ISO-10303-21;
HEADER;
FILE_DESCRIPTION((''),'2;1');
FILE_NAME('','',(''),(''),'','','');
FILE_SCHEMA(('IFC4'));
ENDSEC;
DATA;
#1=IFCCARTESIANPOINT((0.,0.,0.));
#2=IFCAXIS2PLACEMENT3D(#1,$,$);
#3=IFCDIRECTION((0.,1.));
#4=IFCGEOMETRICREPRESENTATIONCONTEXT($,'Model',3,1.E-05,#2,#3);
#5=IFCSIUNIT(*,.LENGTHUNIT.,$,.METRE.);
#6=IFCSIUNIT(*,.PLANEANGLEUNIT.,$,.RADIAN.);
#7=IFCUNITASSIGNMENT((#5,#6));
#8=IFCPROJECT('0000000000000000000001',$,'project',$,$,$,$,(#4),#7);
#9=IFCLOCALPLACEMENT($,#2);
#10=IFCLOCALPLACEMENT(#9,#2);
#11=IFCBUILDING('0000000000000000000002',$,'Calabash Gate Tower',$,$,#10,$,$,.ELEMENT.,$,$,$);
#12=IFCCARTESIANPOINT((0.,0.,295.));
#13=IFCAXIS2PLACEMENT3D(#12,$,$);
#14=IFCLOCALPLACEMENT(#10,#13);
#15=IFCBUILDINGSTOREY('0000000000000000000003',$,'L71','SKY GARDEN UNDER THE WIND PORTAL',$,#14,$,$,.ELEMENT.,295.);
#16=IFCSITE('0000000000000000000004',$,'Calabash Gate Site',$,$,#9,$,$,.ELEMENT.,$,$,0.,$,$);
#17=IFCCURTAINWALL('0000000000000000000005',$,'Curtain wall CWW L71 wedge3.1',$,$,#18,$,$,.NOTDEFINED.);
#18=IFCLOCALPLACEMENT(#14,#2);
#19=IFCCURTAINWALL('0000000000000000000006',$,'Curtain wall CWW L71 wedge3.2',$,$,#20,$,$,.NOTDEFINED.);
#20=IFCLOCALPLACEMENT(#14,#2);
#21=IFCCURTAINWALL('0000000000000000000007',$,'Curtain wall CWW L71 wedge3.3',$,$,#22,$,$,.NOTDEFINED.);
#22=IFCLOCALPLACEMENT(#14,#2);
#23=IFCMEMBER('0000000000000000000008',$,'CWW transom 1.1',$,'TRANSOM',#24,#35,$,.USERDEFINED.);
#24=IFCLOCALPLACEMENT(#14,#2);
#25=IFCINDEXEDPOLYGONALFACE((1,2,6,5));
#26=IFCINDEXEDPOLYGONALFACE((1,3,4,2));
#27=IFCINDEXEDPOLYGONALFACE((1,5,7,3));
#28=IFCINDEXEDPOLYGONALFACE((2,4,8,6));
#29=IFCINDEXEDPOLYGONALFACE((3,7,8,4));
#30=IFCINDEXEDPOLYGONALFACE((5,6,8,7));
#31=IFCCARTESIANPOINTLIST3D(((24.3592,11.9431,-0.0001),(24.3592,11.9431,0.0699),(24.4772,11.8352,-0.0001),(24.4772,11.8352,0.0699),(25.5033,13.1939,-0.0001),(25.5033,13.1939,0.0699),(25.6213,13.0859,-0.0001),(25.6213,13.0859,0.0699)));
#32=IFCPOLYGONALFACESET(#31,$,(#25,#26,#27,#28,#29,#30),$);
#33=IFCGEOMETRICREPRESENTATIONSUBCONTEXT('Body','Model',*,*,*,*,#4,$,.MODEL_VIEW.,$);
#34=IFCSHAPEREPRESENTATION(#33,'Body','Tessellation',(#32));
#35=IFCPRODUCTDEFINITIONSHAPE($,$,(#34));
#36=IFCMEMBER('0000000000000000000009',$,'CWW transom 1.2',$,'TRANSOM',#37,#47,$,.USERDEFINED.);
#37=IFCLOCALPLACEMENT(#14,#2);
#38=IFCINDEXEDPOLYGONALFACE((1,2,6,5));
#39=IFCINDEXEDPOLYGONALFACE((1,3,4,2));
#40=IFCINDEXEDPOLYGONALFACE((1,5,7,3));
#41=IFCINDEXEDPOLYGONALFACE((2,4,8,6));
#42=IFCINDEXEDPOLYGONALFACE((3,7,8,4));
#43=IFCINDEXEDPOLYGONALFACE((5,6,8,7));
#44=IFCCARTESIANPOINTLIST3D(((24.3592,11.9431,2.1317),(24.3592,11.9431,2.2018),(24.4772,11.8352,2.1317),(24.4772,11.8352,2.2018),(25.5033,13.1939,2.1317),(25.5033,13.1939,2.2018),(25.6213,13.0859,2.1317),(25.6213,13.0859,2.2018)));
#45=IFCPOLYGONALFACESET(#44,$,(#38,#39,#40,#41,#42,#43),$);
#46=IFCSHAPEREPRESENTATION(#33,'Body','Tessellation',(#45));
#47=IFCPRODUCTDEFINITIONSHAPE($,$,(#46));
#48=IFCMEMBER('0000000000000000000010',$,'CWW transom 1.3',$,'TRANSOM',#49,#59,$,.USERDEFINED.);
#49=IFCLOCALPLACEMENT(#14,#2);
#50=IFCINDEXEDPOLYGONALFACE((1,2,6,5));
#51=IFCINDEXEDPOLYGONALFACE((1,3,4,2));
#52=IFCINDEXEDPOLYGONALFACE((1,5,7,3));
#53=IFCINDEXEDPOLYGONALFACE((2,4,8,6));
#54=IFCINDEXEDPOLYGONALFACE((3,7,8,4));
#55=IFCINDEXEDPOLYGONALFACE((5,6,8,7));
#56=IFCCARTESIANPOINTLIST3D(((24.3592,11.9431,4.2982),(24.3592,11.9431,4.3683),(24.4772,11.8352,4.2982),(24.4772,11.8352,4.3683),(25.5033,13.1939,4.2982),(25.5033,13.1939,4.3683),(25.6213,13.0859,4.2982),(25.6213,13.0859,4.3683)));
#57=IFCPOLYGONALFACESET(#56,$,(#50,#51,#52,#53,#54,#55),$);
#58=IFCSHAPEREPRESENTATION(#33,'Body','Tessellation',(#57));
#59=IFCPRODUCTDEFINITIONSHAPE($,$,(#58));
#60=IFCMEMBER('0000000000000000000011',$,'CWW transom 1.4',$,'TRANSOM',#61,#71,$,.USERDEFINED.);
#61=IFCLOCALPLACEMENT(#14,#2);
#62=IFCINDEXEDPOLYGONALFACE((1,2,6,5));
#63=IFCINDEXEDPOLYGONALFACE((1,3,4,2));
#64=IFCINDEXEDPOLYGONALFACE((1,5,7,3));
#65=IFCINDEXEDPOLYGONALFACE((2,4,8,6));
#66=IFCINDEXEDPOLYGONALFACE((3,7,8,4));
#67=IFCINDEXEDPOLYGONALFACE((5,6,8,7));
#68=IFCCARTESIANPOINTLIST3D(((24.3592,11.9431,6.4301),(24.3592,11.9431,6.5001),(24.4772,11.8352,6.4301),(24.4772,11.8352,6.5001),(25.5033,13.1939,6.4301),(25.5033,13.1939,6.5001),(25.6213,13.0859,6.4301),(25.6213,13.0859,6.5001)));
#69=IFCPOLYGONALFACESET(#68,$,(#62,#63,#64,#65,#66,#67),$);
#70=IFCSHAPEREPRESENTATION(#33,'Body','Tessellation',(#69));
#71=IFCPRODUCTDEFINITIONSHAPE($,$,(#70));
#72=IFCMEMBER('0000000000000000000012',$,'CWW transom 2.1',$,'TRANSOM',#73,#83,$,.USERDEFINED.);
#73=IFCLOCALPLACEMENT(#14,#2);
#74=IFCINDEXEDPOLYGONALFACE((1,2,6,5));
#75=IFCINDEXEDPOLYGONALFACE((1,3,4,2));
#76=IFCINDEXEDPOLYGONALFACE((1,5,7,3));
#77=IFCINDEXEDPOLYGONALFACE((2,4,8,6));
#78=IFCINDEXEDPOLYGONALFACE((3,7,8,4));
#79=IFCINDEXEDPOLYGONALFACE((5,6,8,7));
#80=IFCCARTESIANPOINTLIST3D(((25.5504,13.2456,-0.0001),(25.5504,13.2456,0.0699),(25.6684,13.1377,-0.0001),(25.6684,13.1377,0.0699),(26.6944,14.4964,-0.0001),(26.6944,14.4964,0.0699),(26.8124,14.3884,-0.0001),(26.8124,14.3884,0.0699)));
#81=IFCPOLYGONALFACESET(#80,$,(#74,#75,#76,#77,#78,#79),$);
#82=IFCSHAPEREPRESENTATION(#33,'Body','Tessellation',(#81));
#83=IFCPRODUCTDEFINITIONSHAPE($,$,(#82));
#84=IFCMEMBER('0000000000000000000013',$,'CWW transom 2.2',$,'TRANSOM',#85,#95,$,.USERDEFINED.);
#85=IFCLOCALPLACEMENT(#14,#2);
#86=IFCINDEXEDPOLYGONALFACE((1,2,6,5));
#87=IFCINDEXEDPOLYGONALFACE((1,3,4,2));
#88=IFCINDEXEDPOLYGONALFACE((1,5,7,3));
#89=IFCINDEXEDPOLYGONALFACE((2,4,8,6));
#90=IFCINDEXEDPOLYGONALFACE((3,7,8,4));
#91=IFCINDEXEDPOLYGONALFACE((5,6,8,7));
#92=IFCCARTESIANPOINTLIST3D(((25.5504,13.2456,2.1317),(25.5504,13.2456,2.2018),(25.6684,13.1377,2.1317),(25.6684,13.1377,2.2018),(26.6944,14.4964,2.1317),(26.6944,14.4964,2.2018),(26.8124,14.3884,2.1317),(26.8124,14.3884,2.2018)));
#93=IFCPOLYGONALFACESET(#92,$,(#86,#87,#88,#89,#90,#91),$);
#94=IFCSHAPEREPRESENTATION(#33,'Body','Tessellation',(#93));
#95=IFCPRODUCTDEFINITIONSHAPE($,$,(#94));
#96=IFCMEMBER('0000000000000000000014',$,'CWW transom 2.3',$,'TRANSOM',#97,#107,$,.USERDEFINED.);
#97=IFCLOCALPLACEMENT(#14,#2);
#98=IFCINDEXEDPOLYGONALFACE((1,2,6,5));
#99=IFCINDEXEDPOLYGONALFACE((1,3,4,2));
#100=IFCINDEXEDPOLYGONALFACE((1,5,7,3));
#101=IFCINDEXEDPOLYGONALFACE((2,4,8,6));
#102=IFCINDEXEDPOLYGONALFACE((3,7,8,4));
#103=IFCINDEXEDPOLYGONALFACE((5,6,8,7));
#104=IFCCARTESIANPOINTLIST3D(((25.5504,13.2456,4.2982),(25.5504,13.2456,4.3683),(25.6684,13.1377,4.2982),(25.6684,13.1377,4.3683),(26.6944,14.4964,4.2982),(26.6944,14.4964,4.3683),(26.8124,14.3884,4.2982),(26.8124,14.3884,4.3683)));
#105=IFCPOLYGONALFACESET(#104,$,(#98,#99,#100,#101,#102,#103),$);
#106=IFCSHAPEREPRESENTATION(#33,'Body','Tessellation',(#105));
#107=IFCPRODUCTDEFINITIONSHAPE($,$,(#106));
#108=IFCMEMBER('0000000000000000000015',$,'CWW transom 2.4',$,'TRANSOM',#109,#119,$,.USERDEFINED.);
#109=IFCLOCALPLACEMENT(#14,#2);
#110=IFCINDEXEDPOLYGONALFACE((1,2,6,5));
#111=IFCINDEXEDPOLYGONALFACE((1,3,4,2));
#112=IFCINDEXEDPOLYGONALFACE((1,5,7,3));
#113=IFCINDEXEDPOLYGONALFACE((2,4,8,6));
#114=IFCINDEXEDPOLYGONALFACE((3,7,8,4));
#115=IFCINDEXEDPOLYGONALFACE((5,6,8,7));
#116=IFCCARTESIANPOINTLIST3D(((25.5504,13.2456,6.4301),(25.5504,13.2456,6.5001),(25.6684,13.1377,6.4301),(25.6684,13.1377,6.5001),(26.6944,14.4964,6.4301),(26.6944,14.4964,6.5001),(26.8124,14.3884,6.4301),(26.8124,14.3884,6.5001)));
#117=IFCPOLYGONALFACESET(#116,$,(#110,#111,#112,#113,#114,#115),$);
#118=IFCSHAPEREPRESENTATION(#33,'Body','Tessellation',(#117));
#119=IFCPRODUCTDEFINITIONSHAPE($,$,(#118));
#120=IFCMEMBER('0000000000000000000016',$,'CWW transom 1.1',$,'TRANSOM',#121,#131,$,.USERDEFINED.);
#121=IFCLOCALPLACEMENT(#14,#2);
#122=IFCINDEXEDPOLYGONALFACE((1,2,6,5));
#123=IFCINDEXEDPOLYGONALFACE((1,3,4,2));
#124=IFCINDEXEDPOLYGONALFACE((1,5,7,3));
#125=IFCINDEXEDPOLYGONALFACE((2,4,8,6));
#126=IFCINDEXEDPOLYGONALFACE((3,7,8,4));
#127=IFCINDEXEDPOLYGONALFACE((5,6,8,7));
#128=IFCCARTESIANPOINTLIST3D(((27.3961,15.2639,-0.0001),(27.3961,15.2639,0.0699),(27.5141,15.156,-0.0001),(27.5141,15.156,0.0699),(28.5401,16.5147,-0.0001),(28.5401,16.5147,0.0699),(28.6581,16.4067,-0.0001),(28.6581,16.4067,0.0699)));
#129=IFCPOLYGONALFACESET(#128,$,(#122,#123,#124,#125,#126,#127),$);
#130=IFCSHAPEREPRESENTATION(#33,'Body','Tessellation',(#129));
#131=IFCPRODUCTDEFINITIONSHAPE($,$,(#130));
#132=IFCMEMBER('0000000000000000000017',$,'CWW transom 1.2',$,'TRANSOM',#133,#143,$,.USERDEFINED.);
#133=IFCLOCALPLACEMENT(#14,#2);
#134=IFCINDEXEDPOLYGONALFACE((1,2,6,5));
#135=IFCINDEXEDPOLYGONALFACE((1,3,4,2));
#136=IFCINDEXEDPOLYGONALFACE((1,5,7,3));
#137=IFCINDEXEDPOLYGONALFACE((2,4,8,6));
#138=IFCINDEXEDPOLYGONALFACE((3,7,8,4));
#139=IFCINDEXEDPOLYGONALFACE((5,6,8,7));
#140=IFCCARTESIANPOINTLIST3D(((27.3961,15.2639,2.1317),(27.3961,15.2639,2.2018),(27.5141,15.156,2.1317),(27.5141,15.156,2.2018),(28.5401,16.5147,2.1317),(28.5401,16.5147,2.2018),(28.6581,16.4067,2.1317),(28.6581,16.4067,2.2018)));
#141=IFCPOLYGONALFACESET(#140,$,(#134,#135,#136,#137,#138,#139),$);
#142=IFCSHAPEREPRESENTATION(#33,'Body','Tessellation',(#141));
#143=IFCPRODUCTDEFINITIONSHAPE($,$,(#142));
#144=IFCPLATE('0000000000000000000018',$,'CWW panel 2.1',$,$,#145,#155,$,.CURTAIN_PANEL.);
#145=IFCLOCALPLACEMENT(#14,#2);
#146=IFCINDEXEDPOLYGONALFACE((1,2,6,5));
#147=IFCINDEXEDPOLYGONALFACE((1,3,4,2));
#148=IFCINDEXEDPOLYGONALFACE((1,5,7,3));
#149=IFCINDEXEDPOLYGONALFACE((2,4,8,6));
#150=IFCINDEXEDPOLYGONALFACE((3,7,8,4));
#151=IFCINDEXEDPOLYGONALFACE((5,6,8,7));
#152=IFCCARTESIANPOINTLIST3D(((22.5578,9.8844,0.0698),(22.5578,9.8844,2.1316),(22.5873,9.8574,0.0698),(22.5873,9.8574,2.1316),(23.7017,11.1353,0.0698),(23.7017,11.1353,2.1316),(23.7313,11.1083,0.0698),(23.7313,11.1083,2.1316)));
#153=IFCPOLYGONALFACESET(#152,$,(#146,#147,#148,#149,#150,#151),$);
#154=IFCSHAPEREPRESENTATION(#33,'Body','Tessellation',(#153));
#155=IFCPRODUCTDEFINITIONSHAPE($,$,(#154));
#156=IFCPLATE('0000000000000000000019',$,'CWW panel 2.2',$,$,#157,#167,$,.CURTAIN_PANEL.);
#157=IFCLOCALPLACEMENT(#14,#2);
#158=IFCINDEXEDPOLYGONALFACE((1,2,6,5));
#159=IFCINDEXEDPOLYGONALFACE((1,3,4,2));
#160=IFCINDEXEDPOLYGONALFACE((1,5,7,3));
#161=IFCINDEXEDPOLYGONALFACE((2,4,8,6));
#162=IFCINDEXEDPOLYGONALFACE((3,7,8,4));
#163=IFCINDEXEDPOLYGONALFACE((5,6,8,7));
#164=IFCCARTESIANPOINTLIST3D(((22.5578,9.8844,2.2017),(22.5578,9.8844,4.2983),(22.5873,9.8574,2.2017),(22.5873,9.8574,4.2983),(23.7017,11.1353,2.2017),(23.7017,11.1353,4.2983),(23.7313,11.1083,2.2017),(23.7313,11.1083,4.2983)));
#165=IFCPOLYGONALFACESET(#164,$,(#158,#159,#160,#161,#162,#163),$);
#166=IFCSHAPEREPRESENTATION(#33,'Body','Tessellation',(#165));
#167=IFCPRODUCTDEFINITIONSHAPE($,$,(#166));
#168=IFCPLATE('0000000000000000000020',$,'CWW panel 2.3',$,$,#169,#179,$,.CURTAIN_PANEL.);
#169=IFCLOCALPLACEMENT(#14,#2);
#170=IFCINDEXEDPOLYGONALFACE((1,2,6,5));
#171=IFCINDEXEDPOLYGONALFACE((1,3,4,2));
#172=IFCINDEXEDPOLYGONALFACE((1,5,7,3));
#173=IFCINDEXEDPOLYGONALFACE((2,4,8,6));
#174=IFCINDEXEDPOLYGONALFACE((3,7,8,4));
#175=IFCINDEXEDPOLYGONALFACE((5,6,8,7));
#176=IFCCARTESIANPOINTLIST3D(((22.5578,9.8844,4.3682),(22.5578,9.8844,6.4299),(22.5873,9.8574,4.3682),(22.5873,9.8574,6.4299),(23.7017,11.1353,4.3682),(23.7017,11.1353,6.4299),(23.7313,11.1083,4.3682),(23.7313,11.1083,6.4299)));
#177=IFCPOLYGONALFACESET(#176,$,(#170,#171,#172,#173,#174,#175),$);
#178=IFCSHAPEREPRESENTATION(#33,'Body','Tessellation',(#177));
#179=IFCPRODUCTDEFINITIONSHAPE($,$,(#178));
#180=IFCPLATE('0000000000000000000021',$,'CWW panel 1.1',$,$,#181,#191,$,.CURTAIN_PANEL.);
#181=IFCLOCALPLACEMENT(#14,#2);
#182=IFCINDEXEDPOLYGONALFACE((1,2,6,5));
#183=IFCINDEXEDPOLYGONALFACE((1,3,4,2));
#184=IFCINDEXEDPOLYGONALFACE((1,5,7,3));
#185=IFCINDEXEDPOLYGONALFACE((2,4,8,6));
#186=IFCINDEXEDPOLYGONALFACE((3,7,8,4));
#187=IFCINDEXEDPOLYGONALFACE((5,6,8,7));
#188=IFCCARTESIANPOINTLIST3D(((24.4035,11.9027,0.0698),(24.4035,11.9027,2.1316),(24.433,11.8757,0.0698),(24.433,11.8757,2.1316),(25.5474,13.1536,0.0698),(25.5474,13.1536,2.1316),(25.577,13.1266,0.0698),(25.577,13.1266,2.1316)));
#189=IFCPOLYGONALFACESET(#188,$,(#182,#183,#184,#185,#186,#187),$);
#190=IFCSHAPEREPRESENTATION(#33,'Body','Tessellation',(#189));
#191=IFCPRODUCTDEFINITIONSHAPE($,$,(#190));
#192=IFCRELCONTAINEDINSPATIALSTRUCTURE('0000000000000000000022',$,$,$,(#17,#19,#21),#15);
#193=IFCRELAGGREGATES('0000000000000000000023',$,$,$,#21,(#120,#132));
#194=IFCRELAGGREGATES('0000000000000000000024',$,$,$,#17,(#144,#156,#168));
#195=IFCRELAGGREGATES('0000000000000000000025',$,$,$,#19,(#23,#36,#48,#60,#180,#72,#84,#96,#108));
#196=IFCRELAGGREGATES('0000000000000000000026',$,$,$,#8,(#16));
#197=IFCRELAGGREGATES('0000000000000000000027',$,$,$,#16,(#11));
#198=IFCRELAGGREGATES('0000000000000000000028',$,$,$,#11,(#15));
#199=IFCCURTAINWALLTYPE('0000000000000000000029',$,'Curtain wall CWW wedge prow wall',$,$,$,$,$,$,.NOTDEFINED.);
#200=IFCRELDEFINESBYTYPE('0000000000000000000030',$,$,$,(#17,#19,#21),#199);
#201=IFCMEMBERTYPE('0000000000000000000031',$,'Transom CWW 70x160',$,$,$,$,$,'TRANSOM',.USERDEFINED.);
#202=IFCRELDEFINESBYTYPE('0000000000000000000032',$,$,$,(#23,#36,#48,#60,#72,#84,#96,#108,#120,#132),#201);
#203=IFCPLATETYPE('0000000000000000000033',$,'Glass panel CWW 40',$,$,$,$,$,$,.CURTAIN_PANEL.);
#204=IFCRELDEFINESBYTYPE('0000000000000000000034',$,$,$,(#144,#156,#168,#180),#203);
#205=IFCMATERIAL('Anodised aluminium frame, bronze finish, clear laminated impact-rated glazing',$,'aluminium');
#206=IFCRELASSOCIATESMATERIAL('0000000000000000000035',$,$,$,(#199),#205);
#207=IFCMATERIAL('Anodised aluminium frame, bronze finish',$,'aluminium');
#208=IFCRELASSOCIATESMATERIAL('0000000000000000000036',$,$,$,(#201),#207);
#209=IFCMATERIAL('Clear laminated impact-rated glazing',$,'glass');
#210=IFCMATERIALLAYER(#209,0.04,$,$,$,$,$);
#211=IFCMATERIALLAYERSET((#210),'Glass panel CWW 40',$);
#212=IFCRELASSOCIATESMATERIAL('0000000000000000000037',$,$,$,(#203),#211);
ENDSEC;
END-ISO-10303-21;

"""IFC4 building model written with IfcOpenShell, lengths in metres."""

from ifc_helpers import new_model, si_unit, direction, frame, origin, origin_2d, place, context, subcontext, project, spatial, rectangle, extrude, material, layer, layer_set, material_profile, profile_set, type_object, element, aggregate, save


model = new_model("IFC4")

# Units and contexts
model_context = context("Model", 3, precision=1e-05, world=origin(), true_north=direction((0.0, 1.0)))
body_context = subcontext(model_context, "Body", "Model", "MODEL_VIEW")
ifc_project = project(units=[si_unit("LENGTHUNIT", "METRE"), si_unit("PLANEANGLEUNIT", "RADIAN")], contexts=[model_context])

# Site, building, storey
site_placement = place(None, origin())
site = spatial("IfcSite", under=ifc_project, at=site_placement, Name="Calabash Gate Site", CompositionType="ELEMENT", RefElevation=0.0)
building_placement = place(site_placement, origin())
building = spatial("IfcBuilding", under=site, at=building_placement, Name="Calabash Gate Tower", CompositionType="ELEMENT")
storey_placement = place(building_placement, frame((0.0, 0.0, 295.0)))
storey = spatial("IfcBuildingStorey", under=building, at=storey_placement, Name="L71", Description="SKY GARDEN UNDER THE WIND PORTAL", CompositionType="ELEMENT", Elevation=295.0)

# Curtain wall
ifc_material_1 = material(Name="Anodised aluminium frame, bronze finish, clear laminated impact-rated glazing", Category="aluminium")
curtain_wall_type = type_object("IfcCurtainWallType", Name="Curtain wall CWW wedge prow wall", PredefinedType="NOTDEFINED", material=ifc_material_1)
curtain_wall_1_placement = place(storey_placement, origin())
curtain_wall_1 = element("IfcCurtainWall", 1, at=curtain_wall_1_placement, inside=storey, type_object=curtain_wall_type, Name="Curtain wall CWW L71 wedge3.1", PredefinedType="NOTDEFINED")

# Curtain wall
curtain_wall_2_placement = place(storey_placement, origin())
curtain_wall_2 = element("IfcCurtainWall", 2, at=curtain_wall_2_placement, inside=storey, type_object=curtain_wall_type, Name="Curtain wall CWW L71 wedge3.2", PredefinedType="NOTDEFINED")

# Curtain wall
curtain_wall_3_placement = place(storey_placement, origin())
curtain_wall_3 = element("IfcCurtainWall", 3, at=curtain_wall_3_placement, inside=storey, type_object=curtain_wall_type, Name="Curtain wall CWW L71 wedge3.3", PredefinedType="NOTDEFINED")

# Members
ifc_material_2 = material(Name="Anodised aluminium frame, bronze finish", Category="aluminium")
ifc_material_profile_1 = material_profile(ifc_material_2, rectangle(XDim=0.1599, YDim=0.0701, at=origin_2d()))
ifc_profile_set_1 = profile_set([ifc_material_profile_1], Name="Anodised aluminium frame, bronze finish")
member_type_1 = type_object("IfcMemberType", Name="Transom CWW 70x160", ElementType="TRANSOM", PredefinedType="USERDEFINED", material=ifc_profile_set_1)
member_1_placement = place(storey_placement, frame((24.4182, 11.8892, 0.0349), z_axis=(0.674935, 0.737877, 0.0), x_axis=(-0.737877, 0.674935, 0.0)))
member_1 = element("IfcMember", 4, at=member_1_placement, type_object=member_type_1, Name="CWW transom 1.1", ObjectType="TRANSOM", PredefinedType="USERDEFINED", context=body_context, shape_type="SweptSolid", body=[
    extrude(rectangle(XDim=0.1599, YDim=0.0701, at=origin_2d()), origin(), (0.0, 0.0, 1.0), 1.6951),
])
member_2_placement = place(storey_placement, frame((24.4182, 11.8892, 2.1667), z_axis=(0.674935, 0.737877, 0.0), x_axis=(-0.737877, 0.674935, 0.0)))
member_2 = element("IfcMember", 5, at=member_2_placement, type_object=member_type_1, Name="CWW transom 1.2", ObjectType="TRANSOM", PredefinedType="USERDEFINED", context=body_context, shape_type="SweptSolid", body=[
    extrude(rectangle(XDim=0.1599, YDim=0.0701, at=origin_2d()), origin(), (0.0, 0.0, 1.0), 1.6951),
])
member_3_placement = place(storey_placement, frame((24.4182, 11.8892, 4.3333), z_axis=(0.674935, 0.737877, 0.0), x_axis=(-0.737877, 0.674935, 0.0)))
member_3 = element("IfcMember", 6, at=member_3_placement, type_object=member_type_1, Name="CWW transom 1.3", ObjectType="TRANSOM", PredefinedType="USERDEFINED", context=body_context, shape_type="SweptSolid", body=[
    extrude(rectangle(XDim=0.1599, YDim=0.0701, at=origin_2d()), origin(), (0.0, 0.0, 1.0), 1.6951),
])
member_4_placement = place(storey_placement, frame((24.4182, 11.8892, 6.4651), z_axis=(0.674935, 0.737877, 0.0), x_axis=(-0.737877, 0.674935, 0.0)))
member_4 = element("IfcMember", 7, at=member_4_placement, type_object=member_type_1, Name="CWW transom 1.4", ObjectType="TRANSOM", PredefinedType="USERDEFINED", context=body_context, shape_type="SweptSolid", body=[
    extrude(rectangle(XDim=0.1599, YDim=0.0701, at=origin_2d()), origin(), (0.0, 0.0, 1.0), 1.6951),
])
member_5_placement = place(storey_placement, frame((25.6094, 13.1917, 0.0349), z_axis=(0.674935, 0.737877, 0.0), x_axis=(-0.737877, 0.674935, 0.0)))
member_5 = element("IfcMember", 8, at=member_5_placement, type_object=member_type_1, Name="CWW transom 2.1", ObjectType="TRANSOM", PredefinedType="USERDEFINED", context=body_context, shape_type="SweptSolid", body=[
    extrude(rectangle(XDim=0.1599, YDim=0.0701, at=origin_2d()), origin(), (0.0, 0.0, 1.0), 1.6951),
])
member_6_placement = place(storey_placement, frame((25.6094, 13.1917, 2.1667), z_axis=(0.674935, 0.737877, 0.0), x_axis=(-0.737877, 0.674935, 0.0)))
member_6 = element("IfcMember", 9, at=member_6_placement, type_object=member_type_1, Name="CWW transom 2.2", ObjectType="TRANSOM", PredefinedType="USERDEFINED", context=body_context, shape_type="SweptSolid", body=[
    extrude(rectangle(XDim=0.1599, YDim=0.0701, at=origin_2d()), origin(), (0.0, 0.0, 1.0), 1.6951),
])
member_7_placement = place(storey_placement, frame((25.6094, 13.1917, 4.3333), z_axis=(0.674935, 0.737877, 0.0), x_axis=(-0.737877, 0.674935, 0.0)))
member_7 = element("IfcMember", 10, at=member_7_placement, type_object=member_type_1, Name="CWW transom 2.3", ObjectType="TRANSOM", PredefinedType="USERDEFINED", context=body_context, shape_type="SweptSolid", body=[
    extrude(rectangle(XDim=0.1599, YDim=0.0701, at=origin_2d()), origin(), (0.0, 0.0, 1.0), 1.6951),
])
member_8_placement = place(storey_placement, frame((25.6094, 13.1917, 6.4651), z_axis=(0.674935, 0.737877, 0.0), x_axis=(-0.737877, 0.674935, 0.0)))
member_8 = element("IfcMember", 11, at=member_8_placement, type_object=member_type_1, Name="CWW transom 2.4", ObjectType="TRANSOM", PredefinedType="USERDEFINED", context=body_context, shape_type="SweptSolid", body=[
    extrude(rectangle(XDim=0.1599, YDim=0.0701, at=origin_2d()), origin(), (0.0, 0.0, 1.0), 1.6951),
])
member_9_placement = place(storey_placement, frame((27.4551, 15.21, 0.0349), z_axis=(0.674935, 0.737877, 0.0), x_axis=(-0.737877, 0.674935, 0.0)))
member_9 = element("IfcMember", 12, at=member_9_placement, type_object=member_type_1, Name="CWW transom 1.1", ObjectType="TRANSOM", PredefinedType="USERDEFINED", context=body_context, shape_type="SweptSolid", body=[
    extrude(rectangle(XDim=0.1599, YDim=0.0701, at=origin_2d()), origin(), (0.0, 0.0, 1.0), 1.6951),
])
member_10_placement = place(storey_placement, frame((27.4551, 15.21, 2.1667), z_axis=(0.674935, 0.737877, 0.0), x_axis=(-0.737877, 0.674935, 0.0)))
member_10 = element("IfcMember", 13, at=member_10_placement, type_object=member_type_1, Name="CWW transom 1.2", ObjectType="TRANSOM", PredefinedType="USERDEFINED", context=body_context, shape_type="SweptSolid", body=[
    extrude(rectangle(XDim=0.1599, YDim=0.0701, at=origin_2d()), origin(), (0.0, 0.0, 1.0), 1.6951),
])
aggregate(curtain_wall_3, [member_9, member_10])

# Plates
ifc_material_3 = material(Name="Clear laminated impact-rated glazing", Category="glass")
ifc_layer_1 = layer(ifc_material_3, 0.04)
ifc_layer_set_1 = layer_set([ifc_layer_1], Name="Glass panel CWW 40")
plate_type = type_object("IfcPlateType", Name="Glass panel CWW 40", PredefinedType="CURTAIN_PANEL", material=ifc_layer_set_1)
plate_1_placement = place(storey_placement, frame((23.1445, 10.4963, 0.0698), z_axis=(0.0, 0.0, 1.0), x_axis=(0.674856, 0.73795, 0.0)))
plate_1 = element("IfcPlate", 14, at=plate_1_placement, type_object=plate_type, Name="CWW panel 2.1", PredefinedType="CURTAIN_PANEL", context=body_context, shape_type="SweptSolid", body=[
    extrude(rectangle(XDim=1.6951, YDim=0.04, at=origin_2d()), origin(), (0.0, 0.0, 1.0), 2.0618),
])
plate_2_placement = place(storey_placement, frame((23.1445, 10.4963, 2.2017), z_axis=(0.0, 0.0, 1.0), x_axis=(0.674856, 0.73795, 0.0)))
plate_2 = element("IfcPlate", 15, at=plate_2_placement, type_object=plate_type, Name="CWW panel 2.2", PredefinedType="CURTAIN_PANEL", context=body_context, shape_type="SweptSolid", body=[
    extrude(rectangle(XDim=1.6951, YDim=0.04, at=origin_2d()), origin(), (0.0, 0.0, 1.0), 2.0967),
])
plate_3_placement = place(storey_placement, frame((23.1445, 10.4963, 4.3682), z_axis=(0.0, 0.0, 1.0), x_axis=(0.674856, 0.73795, 0.0)))
plate_3 = element("IfcPlate", 16, at=plate_3_placement, type_object=plate_type, Name="CWW panel 2.3", PredefinedType="CURTAIN_PANEL", context=body_context, shape_type="SweptSolid", body=[
    extrude(rectangle(XDim=1.6951, YDim=0.04, at=origin_2d()), origin(), (0.0, 0.0, 1.0), 2.0618),
])
aggregate(curtain_wall_1, [plate_1, plate_2, plate_3])
plate_4_placement = place(storey_placement, frame((24.9902, 12.5146, 0.0698), z_axis=(0.0, 0.0, 1.0), x_axis=(0.674856, 0.737949, 0.0)))
plate_4 = element("IfcPlate", 17, at=plate_4_placement, type_object=plate_type, Name="CWW panel 1.1", PredefinedType="CURTAIN_PANEL", context=body_context, shape_type="SweptSolid", body=[
    extrude(rectangle(XDim=1.6951, YDim=0.04, at=origin_2d()), origin(), (0.0, 0.0, 1.0), 2.0618),
])
aggregate(curtain_wall_2, [member_1, member_2, member_3, member_4, plate_4, member_5, member_6, member_7, member_8])

save(model, "model.ifc")
